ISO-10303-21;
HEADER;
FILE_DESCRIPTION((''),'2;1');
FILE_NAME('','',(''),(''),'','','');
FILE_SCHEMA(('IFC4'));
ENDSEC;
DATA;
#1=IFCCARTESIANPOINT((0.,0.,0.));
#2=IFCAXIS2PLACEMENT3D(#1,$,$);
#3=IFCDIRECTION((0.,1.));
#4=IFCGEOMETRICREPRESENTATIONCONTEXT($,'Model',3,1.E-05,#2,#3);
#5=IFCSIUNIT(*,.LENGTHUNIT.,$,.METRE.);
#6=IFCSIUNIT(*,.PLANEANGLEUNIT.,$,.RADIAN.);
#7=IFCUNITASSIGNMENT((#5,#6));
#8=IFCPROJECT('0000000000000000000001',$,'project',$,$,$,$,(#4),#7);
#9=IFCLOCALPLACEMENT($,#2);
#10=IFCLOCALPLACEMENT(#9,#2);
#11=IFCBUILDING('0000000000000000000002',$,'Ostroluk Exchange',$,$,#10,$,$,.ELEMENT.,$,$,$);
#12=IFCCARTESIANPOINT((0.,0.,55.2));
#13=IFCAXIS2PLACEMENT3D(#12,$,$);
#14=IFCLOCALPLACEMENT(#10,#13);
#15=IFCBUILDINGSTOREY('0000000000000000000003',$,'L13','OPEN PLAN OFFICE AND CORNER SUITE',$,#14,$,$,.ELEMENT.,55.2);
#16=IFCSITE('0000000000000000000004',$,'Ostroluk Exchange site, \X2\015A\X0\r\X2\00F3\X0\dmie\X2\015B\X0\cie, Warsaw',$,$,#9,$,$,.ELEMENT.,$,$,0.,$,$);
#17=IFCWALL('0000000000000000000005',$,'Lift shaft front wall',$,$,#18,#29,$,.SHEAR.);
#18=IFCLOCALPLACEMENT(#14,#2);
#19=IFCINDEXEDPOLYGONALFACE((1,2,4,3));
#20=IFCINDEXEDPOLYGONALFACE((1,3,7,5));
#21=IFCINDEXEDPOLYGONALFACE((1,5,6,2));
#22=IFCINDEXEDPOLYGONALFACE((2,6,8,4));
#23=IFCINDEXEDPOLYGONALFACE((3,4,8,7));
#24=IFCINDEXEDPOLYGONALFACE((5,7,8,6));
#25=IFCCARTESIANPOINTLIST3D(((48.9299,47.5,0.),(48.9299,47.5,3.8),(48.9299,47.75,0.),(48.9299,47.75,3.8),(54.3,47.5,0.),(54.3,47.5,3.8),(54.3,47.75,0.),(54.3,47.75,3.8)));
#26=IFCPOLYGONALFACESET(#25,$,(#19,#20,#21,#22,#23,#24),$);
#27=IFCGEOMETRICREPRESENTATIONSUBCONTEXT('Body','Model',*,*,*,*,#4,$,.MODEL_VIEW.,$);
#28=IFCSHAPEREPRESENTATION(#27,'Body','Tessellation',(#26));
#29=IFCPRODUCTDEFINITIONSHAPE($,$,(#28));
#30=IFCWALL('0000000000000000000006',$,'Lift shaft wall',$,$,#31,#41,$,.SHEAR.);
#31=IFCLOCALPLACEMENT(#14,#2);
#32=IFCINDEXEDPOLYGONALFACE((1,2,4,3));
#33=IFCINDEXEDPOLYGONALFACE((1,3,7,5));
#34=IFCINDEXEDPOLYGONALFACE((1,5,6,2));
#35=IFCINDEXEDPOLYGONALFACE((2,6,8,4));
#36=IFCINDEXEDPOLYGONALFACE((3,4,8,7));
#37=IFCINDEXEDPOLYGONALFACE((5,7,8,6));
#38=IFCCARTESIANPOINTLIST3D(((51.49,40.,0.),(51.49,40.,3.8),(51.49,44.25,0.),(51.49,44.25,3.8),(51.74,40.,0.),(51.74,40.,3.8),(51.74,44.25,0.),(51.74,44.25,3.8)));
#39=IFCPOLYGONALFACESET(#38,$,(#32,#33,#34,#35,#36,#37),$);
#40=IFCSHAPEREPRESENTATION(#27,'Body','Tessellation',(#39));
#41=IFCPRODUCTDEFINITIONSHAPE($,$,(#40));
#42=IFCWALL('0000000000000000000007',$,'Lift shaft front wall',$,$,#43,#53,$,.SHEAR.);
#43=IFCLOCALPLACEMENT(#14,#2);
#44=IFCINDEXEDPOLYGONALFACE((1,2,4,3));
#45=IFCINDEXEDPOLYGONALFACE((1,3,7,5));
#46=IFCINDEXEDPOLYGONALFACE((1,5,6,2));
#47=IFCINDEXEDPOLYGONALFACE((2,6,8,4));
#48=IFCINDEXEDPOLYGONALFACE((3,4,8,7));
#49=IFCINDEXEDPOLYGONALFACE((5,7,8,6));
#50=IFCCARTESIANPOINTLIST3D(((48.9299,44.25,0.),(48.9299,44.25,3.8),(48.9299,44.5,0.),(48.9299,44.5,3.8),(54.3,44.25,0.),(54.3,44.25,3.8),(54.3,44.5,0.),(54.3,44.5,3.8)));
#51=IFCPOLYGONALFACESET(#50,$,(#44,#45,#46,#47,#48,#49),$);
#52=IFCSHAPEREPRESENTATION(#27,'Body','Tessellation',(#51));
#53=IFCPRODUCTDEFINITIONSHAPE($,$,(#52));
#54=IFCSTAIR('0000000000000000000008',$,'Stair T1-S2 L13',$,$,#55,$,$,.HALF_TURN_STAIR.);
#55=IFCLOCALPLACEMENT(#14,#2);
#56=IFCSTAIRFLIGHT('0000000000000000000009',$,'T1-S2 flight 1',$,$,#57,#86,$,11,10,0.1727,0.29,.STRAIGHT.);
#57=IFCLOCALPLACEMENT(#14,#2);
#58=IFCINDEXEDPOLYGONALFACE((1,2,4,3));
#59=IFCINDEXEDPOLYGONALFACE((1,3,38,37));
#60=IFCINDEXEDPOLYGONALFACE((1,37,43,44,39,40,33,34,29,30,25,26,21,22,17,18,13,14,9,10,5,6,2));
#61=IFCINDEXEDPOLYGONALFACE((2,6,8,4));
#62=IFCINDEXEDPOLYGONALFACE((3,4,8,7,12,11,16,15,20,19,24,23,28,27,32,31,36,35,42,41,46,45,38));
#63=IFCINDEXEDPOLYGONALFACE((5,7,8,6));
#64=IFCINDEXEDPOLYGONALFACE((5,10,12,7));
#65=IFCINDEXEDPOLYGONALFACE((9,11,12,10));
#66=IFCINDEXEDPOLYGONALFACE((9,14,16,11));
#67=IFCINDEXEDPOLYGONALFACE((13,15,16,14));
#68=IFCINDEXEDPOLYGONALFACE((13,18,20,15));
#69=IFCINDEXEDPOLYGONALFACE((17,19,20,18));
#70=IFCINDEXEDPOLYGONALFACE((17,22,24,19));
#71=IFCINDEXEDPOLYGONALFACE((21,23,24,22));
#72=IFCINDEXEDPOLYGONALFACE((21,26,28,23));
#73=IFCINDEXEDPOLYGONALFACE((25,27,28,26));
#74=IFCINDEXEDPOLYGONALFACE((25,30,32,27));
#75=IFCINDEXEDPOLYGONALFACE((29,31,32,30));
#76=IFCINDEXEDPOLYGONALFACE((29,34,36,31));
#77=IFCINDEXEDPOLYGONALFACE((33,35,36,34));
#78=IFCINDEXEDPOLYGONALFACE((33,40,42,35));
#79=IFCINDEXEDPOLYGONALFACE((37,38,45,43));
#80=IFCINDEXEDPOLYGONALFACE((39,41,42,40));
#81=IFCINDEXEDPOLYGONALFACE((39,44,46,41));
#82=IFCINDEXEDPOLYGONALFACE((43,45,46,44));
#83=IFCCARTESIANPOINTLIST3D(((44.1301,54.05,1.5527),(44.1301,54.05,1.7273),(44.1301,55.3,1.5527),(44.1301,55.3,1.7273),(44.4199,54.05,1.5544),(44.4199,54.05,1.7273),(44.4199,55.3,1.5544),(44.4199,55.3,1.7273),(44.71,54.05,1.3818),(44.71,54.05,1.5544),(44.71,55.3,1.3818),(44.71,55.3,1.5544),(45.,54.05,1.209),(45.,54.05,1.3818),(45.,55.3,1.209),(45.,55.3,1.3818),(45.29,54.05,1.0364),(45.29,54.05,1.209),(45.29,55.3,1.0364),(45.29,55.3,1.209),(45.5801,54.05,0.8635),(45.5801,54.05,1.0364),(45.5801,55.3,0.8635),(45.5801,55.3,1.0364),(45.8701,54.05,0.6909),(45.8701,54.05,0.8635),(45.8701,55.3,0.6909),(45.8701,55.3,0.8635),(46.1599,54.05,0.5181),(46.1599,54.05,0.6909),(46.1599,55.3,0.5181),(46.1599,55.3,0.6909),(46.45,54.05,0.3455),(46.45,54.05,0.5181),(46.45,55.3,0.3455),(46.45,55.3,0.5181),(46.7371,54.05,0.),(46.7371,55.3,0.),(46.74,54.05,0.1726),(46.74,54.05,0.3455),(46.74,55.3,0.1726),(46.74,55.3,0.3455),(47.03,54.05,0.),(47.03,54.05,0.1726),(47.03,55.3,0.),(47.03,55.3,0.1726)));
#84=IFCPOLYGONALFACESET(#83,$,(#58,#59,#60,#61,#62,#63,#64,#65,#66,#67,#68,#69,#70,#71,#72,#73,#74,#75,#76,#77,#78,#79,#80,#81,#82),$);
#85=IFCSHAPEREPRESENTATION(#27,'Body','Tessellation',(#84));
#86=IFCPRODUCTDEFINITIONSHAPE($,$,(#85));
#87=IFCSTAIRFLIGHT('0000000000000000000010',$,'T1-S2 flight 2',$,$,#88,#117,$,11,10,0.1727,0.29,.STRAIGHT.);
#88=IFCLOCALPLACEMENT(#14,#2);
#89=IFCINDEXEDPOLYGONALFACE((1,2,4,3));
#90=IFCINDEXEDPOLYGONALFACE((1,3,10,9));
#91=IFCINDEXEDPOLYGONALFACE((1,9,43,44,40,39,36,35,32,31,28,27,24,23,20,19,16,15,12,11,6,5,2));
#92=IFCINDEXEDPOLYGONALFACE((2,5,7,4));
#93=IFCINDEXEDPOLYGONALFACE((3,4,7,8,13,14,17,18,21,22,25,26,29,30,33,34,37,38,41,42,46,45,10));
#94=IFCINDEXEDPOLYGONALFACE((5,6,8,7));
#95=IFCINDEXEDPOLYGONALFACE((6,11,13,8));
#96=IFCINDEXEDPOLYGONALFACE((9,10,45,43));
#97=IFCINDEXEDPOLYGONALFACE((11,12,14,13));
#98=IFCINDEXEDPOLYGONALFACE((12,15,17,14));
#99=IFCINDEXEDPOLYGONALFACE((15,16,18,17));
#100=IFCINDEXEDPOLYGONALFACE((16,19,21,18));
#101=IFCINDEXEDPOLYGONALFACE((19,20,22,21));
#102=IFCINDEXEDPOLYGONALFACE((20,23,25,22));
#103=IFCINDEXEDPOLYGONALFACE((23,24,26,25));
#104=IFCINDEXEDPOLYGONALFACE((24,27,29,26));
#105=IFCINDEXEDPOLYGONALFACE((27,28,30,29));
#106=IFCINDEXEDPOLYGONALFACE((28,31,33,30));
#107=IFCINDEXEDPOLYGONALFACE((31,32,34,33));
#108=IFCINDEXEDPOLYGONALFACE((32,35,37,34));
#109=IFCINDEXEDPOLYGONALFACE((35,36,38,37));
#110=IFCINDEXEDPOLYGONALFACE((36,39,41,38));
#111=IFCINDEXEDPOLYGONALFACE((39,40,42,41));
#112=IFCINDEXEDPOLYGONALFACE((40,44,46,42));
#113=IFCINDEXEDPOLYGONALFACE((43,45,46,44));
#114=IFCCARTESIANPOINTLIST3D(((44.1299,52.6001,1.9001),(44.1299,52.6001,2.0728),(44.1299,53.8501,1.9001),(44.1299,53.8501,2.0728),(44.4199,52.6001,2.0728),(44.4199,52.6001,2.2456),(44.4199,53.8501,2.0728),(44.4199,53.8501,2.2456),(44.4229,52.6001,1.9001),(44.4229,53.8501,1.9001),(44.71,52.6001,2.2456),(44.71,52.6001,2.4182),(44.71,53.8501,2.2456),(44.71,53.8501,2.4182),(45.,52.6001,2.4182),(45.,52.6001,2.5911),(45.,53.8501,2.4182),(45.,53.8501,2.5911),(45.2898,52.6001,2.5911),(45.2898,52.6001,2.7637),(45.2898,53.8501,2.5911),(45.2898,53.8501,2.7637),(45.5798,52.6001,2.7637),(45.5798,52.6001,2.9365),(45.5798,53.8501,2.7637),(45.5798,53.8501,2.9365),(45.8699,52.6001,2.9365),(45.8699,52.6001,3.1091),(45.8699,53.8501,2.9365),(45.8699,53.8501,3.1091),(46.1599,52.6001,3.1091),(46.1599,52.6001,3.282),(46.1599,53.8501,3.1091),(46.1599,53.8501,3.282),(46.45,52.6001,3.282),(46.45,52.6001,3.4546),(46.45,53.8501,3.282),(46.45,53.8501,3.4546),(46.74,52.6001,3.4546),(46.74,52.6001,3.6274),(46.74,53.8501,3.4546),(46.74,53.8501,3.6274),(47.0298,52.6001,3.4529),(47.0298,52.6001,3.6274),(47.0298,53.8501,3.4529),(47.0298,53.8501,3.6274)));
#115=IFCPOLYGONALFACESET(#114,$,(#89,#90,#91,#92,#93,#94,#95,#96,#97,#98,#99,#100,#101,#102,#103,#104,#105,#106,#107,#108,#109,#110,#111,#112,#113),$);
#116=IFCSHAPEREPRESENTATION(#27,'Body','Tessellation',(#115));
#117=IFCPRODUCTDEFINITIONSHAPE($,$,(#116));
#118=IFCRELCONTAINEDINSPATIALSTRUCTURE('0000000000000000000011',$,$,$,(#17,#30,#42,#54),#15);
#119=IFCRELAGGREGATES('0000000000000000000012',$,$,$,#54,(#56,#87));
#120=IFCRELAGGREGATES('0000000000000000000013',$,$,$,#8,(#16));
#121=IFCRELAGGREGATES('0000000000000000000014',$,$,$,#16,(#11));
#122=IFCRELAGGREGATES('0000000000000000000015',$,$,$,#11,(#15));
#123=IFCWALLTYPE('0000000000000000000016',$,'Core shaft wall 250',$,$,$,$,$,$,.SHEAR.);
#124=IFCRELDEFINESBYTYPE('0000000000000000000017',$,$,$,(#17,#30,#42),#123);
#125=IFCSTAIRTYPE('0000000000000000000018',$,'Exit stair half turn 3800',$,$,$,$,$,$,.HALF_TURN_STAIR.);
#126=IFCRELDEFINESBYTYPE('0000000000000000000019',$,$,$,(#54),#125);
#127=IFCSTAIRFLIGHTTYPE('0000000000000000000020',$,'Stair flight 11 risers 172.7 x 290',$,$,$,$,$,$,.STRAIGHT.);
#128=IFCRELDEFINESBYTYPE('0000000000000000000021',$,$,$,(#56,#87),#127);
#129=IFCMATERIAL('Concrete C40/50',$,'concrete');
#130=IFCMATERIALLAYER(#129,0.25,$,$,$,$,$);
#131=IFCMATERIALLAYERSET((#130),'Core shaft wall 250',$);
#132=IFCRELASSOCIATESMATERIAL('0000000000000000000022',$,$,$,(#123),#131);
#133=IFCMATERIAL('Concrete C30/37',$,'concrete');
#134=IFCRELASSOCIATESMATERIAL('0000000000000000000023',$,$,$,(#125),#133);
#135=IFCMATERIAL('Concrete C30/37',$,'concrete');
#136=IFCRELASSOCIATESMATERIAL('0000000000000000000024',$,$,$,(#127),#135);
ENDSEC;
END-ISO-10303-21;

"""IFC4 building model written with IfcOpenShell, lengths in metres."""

from ifc_helpers import new_model, si_unit, direction, frame, frame_2d, origin, place, context, subcontext, project, spatial, polyline, rectangle, outline, extrude, material, layer, layer_set, type_object, element, aggregate, save


model = new_model("IFC4")

# Units and contexts
model_context = context("Model", 3, precision=1e-05, world=origin(), true_north=direction((0.0, 1.0)))
body_context = subcontext(model_context, "Body", "Model", "MODEL_VIEW")
ifc_project = project(units=[si_unit("LENGTHUNIT", "METRE"), si_unit("PLANEANGLEUNIT", "RADIAN")], contexts=[model_context])

# Site, building, storey
site_placement = place(None, origin())
site = spatial("IfcSite", under=ifc_project, at=site_placement, Name="Ostroluk Exchange site, Śródmieście, Warsaw", CompositionType="ELEMENT", RefElevation=0.0)
building_placement = place(site_placement, origin())
building = spatial("IfcBuilding", under=site, at=building_placement, Name="Ostroluk Exchange", CompositionType="ELEMENT")
storey_placement = place(building_placement, frame((0.0, 0.0, 55.2)))
storey = spatial("IfcBuildingStorey", under=building, at=storey_placement, Name="L13", Description="OPEN PLAN OFFICE AND CORNER SUITE", CompositionType="ELEMENT", Elevation=55.2)

# Shared definitions
ifc_material_1 = material(Name="Concrete C40/50", Category="concrete")
ifc_layer_1 = layer(ifc_material_1, 0.25)
ifc_layer_set_1 = layer_set([ifc_layer_1], Name="Core shaft wall 250")
wall_type_1 = type_object("IfcWallType", Name="Core shaft wall 250", PredefinedType="SHEAR", material=ifc_layer_set_1)

# Walls
wall_1_placement = place(storey_placement, frame((48.9299, 47.625, 0.0), z_axis=(0.0, 0.0, 1.0), x_axis=(1.0, 0.0, 0.0)))
element("IfcWall", 1, at=wall_1_placement, inside=storey, type_object=wall_type_1, Name="Lift shaft front wall", PredefinedType="SHEAR", context=body_context, shape_type="SweptSolid", body=[
    extrude(rectangle(XDim=5.3701, YDim=0.25, at=frame_2d((2.6851, 0.0))), origin(), (0.0, 0.0, 1.0), 3.8),
])
wall_2_placement = place(storey_placement, frame((51.615, 44.25, 0.0), z_axis=(0.0, 0.0, 1.0), x_axis=(0.0, -1.0, 0.0)))
element("IfcWall", 2, at=wall_2_placement, inside=storey, type_object=wall_type_1, Name="Lift shaft wall", PredefinedType="SHEAR", context=body_context, shape_type="SweptSolid", body=[
    extrude(rectangle(XDim=4.25, YDim=0.25, at=frame_2d((2.125, 0.0))), origin(), (0.0, 0.0, 1.0), 3.8),
])
wall_3_placement = place(storey_placement, frame((48.9299, 44.375, 0.0), z_axis=(0.0, 0.0, 1.0), x_axis=(1.0, 0.0, 0.0)))
element("IfcWall", 3, at=wall_3_placement, inside=storey, type_object=wall_type_1, Name="Lift shaft front wall", PredefinedType="SHEAR", context=body_context, shape_type="SweptSolid", body=[
    extrude(rectangle(XDim=5.3701, YDim=0.25, at=frame_2d((2.6851, 0.0))), origin(), (0.0, 0.0, 1.0), 3.8),
])

# Stair, stair flights
ifc_material_2 = material(Name="Concrete C30/37", Category="concrete")
stair_type = type_object("IfcStairType", Name="Exit stair half turn 3800", PredefinedType="HALF_TURN_STAIR", material=ifc_material_2)
stair_placement = place(storey_placement, origin())
stair = element("IfcStair", 4, at=stair_placement, inside=storey, type_object=stair_type, Name="Stair T1-S2 L13", PredefinedType="HALF_TURN_STAIR")
ifc_material_3 = material(Name="Concrete C30/37", Category="concrete")
stair_flight_type = type_object("IfcStairFlightType", Name="Stair flight 11 risers 172.7 x 290", PredefinedType="STRAIGHT", material=ifc_material_3)
stair_flight_1_placement = place(storey_placement, frame((47.03, 54.675, 0.0), z_axis=(0.0, 0.0, 1.0), x_axis=(-1.0, 0.0, 0.0)))
stair_flight_1 = element("IfcStairFlight", 5, at=stair_flight_1_placement, type_object=stair_flight_type, Name="T1-S2 flight 1", NumberOfRisers=11, NumberOfTreads=10, PredefinedType="STRAIGHT", RiserHeight=0.1727, TreadLength=0.29, context=body_context, shape_type="SweptSolid", body=[
    extrude(outline(polyline([(0.0, 0.0), (0.0, 0.1726), (0.29, 0.1726), (0.29, 0.3455), (0.5801, 0.3455), (0.5801, 0.5181), (0.8701, 0.5181), (0.8701, 0.6909), (1.1599, 0.6909), (1.1599, 0.8635), (1.45, 0.8635), (1.45, 1.0364), (1.74, 1.0364), (1.74, 1.209), (2.03, 1.209), (2.03, 1.3818), (2.3201, 1.3818), (2.3201, 1.5544), (2.6101, 1.5544), (2.6101, 1.7273), (2.8999, 1.7273), (2.8999, 1.8999), (2.8999, 1.5527), (0.293, 0.0), (0.0, 0.0)])), frame((0.0, 0.625, 0.0), z_axis=(0.0, -1.0, 0.0), x_axis=(1.0, 0.0, 0.0)), (0.0, 0.0, 1.0), 1.25),
])
stair_flight_2_placement = place(storey_placement, frame((44.1299, 53.2251, 1.9001), z_axis=(0.0, 0.0, 1.0), x_axis=(1.0, 0.0, 0.0)))
stair_flight_2 = element("IfcStairFlight", 6, at=stair_flight_2_placement, type_object=stair_flight_type, Name="T1-S2 flight 2", NumberOfRisers=11, NumberOfTreads=10, PredefinedType="STRAIGHT", RiserHeight=0.1727, TreadLength=0.29, context=body_context, shape_type="SweptSolid", body=[
    extrude(outline(polyline([(0.0, 0.0), (0.0, 0.1726), (0.29, 0.1726), (0.29, 0.3455), (0.5801, 0.3455), (0.5801, 0.5181), (0.8701, 0.5181), (0.8701, 0.6909), (1.1599, 0.6909), (1.1599, 0.8635), (1.45, 0.8635), (1.45, 1.0364), (1.74, 1.0364), (1.74, 1.209), (2.03, 1.209), (2.03, 1.3818), (2.3201, 1.3818), (2.3201, 1.5544), (2.6101, 1.5544), (2.6101, 1.7273), (2.8999, 1.7273), (2.8999, 1.8999), (2.8999, 1.5527), (0.293, 0.0), (0.0, 0.0)])), frame((0.0, 0.625, 0.0), z_axis=(0.0, -1.0, 0.0), x_axis=(1.0, 0.0, 0.0)), (0.0, 0.0, 1.0), 1.25),
])
aggregate(stair, [stair_flight_1, stair_flight_2])

save(model, "model.ifc")
